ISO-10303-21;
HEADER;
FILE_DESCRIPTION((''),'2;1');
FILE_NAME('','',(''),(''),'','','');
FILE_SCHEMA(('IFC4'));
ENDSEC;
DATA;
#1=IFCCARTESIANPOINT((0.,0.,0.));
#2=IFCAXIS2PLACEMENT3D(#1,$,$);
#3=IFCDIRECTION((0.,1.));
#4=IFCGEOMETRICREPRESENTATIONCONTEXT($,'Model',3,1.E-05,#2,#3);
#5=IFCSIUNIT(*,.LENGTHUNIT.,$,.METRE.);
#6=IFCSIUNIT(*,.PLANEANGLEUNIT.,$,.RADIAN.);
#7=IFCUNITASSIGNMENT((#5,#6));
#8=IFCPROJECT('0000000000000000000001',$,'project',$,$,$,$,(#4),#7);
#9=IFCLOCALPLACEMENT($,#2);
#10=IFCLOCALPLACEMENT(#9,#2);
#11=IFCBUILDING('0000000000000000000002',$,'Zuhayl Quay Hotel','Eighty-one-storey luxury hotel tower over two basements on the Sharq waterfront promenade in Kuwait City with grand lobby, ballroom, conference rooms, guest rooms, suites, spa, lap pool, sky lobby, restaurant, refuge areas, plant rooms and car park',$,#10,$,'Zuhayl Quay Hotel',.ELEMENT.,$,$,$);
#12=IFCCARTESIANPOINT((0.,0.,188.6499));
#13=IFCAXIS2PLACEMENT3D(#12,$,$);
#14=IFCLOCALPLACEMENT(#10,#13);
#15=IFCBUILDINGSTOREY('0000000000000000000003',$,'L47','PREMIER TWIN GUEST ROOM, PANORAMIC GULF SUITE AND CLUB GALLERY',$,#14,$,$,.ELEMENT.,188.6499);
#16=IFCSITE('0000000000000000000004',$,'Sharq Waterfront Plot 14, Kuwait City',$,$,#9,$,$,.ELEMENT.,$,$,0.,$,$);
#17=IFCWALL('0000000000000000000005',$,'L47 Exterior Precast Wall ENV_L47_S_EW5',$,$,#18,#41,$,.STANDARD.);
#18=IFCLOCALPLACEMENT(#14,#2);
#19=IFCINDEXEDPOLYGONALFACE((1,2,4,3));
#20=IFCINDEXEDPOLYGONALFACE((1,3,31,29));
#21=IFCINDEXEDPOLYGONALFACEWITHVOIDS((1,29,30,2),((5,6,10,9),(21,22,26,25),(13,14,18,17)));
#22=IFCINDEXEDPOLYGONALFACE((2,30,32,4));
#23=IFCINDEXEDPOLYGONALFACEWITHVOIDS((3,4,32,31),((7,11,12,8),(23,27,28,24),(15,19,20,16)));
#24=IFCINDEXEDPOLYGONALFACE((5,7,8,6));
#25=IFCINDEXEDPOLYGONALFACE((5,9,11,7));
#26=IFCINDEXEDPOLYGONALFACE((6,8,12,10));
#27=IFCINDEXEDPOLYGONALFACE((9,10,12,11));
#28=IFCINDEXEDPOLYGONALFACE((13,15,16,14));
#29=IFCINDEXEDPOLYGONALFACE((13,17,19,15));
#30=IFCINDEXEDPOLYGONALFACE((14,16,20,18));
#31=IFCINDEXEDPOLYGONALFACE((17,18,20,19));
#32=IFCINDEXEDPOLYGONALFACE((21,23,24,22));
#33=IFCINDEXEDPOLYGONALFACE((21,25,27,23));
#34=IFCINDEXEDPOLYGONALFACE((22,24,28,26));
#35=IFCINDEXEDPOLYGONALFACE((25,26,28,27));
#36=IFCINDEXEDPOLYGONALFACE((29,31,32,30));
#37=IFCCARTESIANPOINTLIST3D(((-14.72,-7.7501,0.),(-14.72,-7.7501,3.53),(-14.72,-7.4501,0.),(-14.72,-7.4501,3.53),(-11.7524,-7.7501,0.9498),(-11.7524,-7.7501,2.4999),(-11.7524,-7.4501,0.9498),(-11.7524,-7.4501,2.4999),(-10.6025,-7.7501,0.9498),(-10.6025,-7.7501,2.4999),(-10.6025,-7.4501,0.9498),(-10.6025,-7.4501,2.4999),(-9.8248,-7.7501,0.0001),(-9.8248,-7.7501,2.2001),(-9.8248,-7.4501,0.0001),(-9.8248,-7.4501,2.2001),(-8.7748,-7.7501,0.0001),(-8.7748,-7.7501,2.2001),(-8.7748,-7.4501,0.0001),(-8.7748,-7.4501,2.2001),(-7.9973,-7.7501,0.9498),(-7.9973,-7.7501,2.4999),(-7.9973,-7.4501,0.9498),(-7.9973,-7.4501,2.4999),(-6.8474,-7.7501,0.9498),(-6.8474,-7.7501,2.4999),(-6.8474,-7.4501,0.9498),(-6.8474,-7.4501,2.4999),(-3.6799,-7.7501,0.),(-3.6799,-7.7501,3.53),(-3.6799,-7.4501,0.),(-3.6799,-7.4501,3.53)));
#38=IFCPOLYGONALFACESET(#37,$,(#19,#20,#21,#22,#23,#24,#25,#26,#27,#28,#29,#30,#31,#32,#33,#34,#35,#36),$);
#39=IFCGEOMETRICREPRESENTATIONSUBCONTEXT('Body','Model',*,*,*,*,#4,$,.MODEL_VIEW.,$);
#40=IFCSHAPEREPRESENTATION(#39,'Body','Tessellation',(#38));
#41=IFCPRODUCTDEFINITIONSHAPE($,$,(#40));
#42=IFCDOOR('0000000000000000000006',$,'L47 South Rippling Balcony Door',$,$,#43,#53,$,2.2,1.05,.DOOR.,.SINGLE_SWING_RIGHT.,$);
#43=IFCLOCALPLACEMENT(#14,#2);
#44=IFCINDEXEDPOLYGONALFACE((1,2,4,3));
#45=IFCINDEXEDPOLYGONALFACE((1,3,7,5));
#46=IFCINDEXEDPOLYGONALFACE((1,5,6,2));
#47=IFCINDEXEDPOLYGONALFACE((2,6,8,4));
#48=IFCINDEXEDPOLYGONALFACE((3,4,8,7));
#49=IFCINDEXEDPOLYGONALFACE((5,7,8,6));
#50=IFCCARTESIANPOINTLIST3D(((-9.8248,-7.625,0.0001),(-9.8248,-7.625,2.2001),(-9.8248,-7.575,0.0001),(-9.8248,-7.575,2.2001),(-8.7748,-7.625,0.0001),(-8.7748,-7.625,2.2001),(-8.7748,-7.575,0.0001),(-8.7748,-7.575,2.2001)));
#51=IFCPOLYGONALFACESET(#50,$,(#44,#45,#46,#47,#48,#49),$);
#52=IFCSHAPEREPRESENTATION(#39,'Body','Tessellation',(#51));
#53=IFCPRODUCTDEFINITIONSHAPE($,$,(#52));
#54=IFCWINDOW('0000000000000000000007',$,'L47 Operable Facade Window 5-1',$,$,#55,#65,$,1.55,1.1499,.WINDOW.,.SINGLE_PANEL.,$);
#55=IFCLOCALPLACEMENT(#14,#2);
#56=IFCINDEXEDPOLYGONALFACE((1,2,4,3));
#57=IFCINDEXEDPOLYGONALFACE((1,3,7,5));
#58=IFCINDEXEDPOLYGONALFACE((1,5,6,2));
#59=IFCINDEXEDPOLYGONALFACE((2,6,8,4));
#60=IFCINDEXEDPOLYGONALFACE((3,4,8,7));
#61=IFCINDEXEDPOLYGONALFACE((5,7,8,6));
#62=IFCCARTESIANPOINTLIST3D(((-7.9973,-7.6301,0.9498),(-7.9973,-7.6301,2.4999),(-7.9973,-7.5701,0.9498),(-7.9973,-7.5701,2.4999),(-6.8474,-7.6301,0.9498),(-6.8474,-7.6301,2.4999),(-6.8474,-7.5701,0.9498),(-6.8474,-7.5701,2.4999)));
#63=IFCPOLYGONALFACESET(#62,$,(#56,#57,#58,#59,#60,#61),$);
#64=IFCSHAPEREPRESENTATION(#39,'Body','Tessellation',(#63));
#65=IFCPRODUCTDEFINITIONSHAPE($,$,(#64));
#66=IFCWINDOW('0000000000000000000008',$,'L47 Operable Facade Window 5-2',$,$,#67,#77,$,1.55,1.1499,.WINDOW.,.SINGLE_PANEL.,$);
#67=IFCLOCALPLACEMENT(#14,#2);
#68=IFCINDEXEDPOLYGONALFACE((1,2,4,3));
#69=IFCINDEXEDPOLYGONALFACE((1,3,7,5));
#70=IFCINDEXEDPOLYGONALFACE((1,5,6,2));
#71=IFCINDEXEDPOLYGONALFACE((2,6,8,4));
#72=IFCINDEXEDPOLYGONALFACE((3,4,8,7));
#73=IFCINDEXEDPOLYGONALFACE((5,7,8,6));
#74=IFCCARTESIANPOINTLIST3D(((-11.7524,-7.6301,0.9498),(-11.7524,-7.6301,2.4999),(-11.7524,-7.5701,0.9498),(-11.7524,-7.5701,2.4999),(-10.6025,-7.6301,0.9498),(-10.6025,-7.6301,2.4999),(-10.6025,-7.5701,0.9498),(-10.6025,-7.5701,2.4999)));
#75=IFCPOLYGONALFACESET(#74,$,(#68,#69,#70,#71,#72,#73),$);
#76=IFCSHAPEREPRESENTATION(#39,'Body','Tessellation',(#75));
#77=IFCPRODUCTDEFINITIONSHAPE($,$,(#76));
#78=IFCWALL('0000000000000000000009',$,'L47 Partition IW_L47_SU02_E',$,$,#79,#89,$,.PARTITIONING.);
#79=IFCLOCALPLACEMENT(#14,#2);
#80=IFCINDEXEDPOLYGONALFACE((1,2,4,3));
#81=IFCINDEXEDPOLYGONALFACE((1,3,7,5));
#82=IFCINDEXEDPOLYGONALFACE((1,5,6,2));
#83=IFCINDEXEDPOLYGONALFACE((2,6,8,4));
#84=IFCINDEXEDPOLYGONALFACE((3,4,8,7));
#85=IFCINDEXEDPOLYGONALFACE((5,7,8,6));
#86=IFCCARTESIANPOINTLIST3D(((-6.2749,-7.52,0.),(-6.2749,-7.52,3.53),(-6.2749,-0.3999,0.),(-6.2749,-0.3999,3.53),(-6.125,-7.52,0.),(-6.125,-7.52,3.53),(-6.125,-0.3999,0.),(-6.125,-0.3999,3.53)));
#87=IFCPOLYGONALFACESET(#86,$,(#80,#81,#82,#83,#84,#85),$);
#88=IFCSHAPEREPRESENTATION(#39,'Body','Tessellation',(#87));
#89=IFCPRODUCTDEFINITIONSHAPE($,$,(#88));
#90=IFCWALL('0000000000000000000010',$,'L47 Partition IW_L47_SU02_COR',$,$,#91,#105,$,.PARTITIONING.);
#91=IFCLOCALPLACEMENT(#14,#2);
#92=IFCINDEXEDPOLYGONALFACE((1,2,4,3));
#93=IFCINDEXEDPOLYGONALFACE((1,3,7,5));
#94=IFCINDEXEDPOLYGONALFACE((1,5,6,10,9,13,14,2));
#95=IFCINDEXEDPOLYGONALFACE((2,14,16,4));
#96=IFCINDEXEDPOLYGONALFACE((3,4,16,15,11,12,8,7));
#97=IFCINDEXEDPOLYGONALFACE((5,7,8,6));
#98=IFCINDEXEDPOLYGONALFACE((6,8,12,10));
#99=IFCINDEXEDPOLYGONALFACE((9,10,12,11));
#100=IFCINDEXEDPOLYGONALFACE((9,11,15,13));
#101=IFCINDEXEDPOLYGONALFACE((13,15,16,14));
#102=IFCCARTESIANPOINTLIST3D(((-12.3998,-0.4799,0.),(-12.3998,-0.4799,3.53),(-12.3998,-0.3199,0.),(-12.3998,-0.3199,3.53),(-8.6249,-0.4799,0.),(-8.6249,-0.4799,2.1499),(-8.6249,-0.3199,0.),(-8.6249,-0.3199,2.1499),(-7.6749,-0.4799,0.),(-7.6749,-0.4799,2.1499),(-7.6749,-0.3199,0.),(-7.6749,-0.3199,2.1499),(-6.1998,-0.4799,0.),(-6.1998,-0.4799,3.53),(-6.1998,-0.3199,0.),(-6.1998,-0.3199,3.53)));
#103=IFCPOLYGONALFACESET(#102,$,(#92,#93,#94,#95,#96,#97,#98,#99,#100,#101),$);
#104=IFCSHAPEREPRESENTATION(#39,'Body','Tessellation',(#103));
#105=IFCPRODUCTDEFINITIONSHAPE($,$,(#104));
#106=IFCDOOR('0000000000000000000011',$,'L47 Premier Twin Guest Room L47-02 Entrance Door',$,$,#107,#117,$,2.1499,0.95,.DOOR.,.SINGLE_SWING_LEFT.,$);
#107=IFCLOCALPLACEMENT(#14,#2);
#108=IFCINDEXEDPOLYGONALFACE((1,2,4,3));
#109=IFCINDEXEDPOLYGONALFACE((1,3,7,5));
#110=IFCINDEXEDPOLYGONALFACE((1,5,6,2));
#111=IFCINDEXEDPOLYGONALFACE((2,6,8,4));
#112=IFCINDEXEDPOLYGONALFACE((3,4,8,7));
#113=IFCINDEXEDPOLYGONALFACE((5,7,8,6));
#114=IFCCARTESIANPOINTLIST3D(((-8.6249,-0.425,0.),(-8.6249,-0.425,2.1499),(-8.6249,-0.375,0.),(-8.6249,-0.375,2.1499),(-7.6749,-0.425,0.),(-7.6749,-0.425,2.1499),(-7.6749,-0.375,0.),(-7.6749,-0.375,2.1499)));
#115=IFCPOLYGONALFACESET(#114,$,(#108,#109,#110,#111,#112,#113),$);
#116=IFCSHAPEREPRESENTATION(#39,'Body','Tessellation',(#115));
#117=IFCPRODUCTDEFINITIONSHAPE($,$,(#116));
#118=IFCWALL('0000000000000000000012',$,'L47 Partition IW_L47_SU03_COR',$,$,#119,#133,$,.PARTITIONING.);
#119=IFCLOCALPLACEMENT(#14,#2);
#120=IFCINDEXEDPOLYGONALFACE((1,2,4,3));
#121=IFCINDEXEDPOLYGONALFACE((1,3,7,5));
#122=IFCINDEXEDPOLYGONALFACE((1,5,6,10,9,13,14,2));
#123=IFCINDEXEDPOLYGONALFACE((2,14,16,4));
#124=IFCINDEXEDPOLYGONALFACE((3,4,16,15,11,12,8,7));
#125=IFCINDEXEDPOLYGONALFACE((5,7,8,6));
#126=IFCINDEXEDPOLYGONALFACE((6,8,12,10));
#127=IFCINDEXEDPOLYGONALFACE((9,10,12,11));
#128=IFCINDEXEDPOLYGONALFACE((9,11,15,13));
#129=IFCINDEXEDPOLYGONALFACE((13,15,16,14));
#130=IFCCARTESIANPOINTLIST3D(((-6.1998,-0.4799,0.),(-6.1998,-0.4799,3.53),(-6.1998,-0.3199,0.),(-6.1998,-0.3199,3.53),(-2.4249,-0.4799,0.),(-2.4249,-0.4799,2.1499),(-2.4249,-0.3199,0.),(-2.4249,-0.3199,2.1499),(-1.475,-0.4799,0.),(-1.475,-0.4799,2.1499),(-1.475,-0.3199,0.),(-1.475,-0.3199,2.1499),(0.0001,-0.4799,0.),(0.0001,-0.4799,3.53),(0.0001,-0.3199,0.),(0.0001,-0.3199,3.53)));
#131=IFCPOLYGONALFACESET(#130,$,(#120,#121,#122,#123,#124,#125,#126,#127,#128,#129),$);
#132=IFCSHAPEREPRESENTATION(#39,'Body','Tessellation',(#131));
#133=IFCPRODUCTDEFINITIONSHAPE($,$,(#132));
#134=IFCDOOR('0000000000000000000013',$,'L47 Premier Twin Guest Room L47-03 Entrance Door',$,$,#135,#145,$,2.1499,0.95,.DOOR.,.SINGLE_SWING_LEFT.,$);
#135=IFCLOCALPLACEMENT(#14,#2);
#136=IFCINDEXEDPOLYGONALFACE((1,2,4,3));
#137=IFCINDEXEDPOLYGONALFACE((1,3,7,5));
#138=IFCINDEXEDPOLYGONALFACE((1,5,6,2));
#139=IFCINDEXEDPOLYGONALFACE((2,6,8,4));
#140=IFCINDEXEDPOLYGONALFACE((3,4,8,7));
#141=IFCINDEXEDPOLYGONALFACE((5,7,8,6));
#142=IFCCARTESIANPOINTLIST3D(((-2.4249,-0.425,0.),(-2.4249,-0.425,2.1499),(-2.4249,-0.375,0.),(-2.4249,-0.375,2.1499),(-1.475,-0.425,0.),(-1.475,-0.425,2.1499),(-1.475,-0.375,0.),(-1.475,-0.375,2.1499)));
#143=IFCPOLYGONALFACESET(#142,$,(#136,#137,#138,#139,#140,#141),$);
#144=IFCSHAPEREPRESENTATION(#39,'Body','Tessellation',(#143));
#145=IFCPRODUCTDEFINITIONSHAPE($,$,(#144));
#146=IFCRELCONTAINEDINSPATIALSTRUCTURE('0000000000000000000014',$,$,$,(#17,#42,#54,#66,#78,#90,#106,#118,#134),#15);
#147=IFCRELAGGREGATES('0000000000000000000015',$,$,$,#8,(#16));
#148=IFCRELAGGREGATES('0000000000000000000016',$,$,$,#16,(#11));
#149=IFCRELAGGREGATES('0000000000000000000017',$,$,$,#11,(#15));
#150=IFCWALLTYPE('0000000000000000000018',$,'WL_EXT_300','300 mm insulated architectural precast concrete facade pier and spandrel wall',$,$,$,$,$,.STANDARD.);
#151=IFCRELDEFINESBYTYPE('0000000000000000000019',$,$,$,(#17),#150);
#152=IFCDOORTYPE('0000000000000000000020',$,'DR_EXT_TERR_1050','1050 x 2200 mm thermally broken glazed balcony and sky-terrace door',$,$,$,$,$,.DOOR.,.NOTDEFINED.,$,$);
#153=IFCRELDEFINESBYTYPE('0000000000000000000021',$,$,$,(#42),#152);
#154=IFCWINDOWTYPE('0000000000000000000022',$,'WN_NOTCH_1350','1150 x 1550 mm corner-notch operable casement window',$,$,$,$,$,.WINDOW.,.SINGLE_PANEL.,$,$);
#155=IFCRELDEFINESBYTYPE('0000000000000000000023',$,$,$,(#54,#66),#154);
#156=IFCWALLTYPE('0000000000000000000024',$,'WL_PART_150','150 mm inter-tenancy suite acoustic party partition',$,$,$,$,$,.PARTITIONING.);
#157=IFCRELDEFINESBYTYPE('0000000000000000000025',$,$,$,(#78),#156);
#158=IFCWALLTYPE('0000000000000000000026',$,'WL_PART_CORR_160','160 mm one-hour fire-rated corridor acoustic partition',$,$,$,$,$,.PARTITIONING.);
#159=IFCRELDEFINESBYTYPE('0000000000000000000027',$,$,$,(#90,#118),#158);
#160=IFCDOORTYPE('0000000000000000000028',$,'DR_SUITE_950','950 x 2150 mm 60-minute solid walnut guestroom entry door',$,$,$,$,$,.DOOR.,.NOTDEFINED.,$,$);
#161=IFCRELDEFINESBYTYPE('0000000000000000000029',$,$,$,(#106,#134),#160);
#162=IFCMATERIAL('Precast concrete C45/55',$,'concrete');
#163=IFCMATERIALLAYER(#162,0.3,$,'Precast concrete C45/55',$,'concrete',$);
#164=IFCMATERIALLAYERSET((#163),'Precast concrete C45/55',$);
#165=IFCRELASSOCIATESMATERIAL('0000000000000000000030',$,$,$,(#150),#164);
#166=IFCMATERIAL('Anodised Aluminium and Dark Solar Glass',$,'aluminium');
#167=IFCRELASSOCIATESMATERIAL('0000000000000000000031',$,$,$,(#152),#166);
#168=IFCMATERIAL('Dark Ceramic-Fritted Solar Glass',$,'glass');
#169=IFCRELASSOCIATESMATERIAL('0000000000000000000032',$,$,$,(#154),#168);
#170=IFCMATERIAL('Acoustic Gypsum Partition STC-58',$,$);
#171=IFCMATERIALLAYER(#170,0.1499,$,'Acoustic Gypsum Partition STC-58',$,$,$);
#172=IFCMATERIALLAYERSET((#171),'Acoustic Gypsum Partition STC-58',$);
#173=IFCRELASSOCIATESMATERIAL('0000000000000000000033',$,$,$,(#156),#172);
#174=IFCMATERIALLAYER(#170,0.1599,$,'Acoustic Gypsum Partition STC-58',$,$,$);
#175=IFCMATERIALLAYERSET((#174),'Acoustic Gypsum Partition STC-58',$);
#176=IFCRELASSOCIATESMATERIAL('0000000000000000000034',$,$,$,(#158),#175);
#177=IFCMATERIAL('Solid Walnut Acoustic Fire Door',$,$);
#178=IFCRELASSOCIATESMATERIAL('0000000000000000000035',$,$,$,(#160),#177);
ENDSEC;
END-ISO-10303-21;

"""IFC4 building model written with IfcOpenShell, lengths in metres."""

from ifc_helpers import new_model, si_unit, direction, frame, frame_2d, origin, place, context, subcontext, project, spatial, rectangle, extrude, material, layer, layer_set, type_object, element, fill, save


model = new_model("IFC4")

# Units and contexts
model_context = context("Model", 3, precision=1e-05, world=origin(), true_north=direction((0.0, 1.0)))
body_context = subcontext(model_context, "Body", "Model", "MODEL_VIEW")
ifc_project = project(units=[si_unit("LENGTHUNIT", "METRE"), si_unit("PLANEANGLEUNIT", "RADIAN")], contexts=[model_context])

# Site, building, storey
site_placement = place(None, origin())
site = spatial("IfcSite", under=ifc_project, at=site_placement, Name="Sharq Waterfront Plot 14, Kuwait City", CompositionType="ELEMENT", RefElevation=0.0)
building_placement = place(site_placement, origin())
building = spatial("IfcBuilding", under=site, at=building_placement, Name="Zuhayl Quay Hotel", Description="Eighty-one-storey luxury hotel tower over two basements on the Sharq waterfront promenade in Kuwait City with grand lobby, ballroom, conference rooms, guest rooms, suites, spa, lap pool, sky lobby, restaurant, refuge areas, plant rooms and car park", LongName="Zuhayl Quay Hotel", CompositionType="ELEMENT")
storey_placement = place(building_placement, frame((0.0, 0.0, 188.6499)))
storey = spatial("IfcBuildingStorey", under=building, at=storey_placement, Name="L47", Description="PREMIER TWIN GUEST ROOM, PANORAMIC GULF SUITE AND CLUB GALLERY", CompositionType="ELEMENT", Elevation=188.6499)

# Shared definitions
ifc_material_1 = material(Name="Dark Ceramic-Fritted Solar Glass", Category="glass")

# Wall, openings, door, windows
ifc_material_2 = material(Name="Precast concrete C45/55", Category="concrete")
ifc_layer_1 = layer(ifc_material_2, 0.3, Name="Precast concrete C45/55", Category="concrete")
ifc_layer_set_1 = layer_set([ifc_layer_1], Name="Precast concrete C45/55")
wall_type_1 = type_object("IfcWallType", Name="WL_EXT_300", Description="300 mm insulated architectural precast concrete facade pier and spandrel wall", PredefinedType="STANDARD", material=ifc_layer_set_1)
wall_1_placement = place(storey_placement, frame((-3.6799, -7.6001, 0.0), z_axis=(0.0, 0.0, 1.0), x_axis=(-1.0, 0.0, 0.0)))
wall_1 = element("IfcWall", 1, at=wall_1_placement, inside=storey, type_object=wall_type_1, Name="L47 Exterior Precast Wall ENV_L47_S_EW5", PredefinedType="STANDARD", context=body_context, shape_type="SweptSolid", body=[
    extrude(rectangle(XDim=11.04, YDim=0.3, at=frame_2d((5.52, 0.0))), origin(), (0.0, 0.0, 1.0), 3.53),
])
opening_1_placement = place(wall_1_placement, frame((5.095, 0.0, 0.0)))
opening_1 = element("IfcOpeningElement", 2, at=opening_1_placement, cuts=wall_1, PredefinedType="OPENING", context=body_context, shape_type="SweptSolid", body=[
    extrude(rectangle(XDim=1.05, YDim=2.2, at=frame_2d((0.5249, 1.1001))), frame((0.0, 0.1599, 0.0), z_axis=(0.0, -1.0, 0.0), x_axis=(1.0, 0.0, 0.0)), (0.0, 0.0, 1.0), 0.3201),
])
opening_2_placement = place(wall_1_placement, frame((3.1675, 0.0, 0.95)))
opening_2 = element("IfcOpeningElement", 3, at=opening_2_placement, cuts=wall_1, PredefinedType="OPENING", context=body_context, shape_type="SweptSolid", body=[
    extrude(rectangle(XDim=1.1499, YDim=1.55, at=frame_2d((0.575, 0.7749))), frame((0.0, 0.1599, 0.0), z_axis=(0.0, -1.0, 0.0), x_axis=(1.0, 0.0, 0.0)), (0.0, 0.0, 1.0), 0.3201),
])
opening_3_placement = place(wall_1_placement, frame((6.9226, 0.0, 0.95)))
opening_3 = element("IfcOpeningElement", 4, at=opening_3_placement, cuts=wall_1, PredefinedType="OPENING", context=body_context, shape_type="SweptSolid", body=[
    extrude(rectangle(XDim=1.1499, YDim=1.55, at=frame_2d((0.575, 0.7749))), frame((0.0, 0.1599, 0.0), z_axis=(0.0, -1.0, 0.0), x_axis=(1.0, 0.0, 0.0)), (0.0, 0.0, 1.0), 0.3201),
])
ifc_material_3 = material(Name="Anodised Aluminium and Dark Solar Glass", Category="aluminium")
door_type_1 = type_object("IfcDoorType", Name="DR_EXT_TERR_1050", Description="1050 x 2200 mm thermally broken glazed balcony and sky-terrace door", OperationType="NOTDEFINED", PredefinedType="DOOR", material=ifc_material_3)
door_1_placement = place(opening_1_placement, origin())
door_1 = element("IfcDoor", 5, at=door_1_placement, inside=storey, type_object=door_type_1, Name="L47 South Rippling Balcony Door", OperationType="SINGLE_SWING_RIGHT", OverallHeight=2.2, OverallWidth=1.05, PredefinedType="DOOR", context=body_context, shape_type="SweptSolid", body=[
    extrude(rectangle(XDim=1.05, YDim=2.2, at=frame_2d((0.5249, 1.1001))), frame((0.0, 0.0249, 0.0), z_axis=(0.0, -1.0, 0.0), x_axis=(1.0, 0.0, 0.0)), (0.0, 0.0, 1.0), 0.05),
])
fill(opening_1, door_1)
window_type = type_object("IfcWindowType", Name="WN_NOTCH_1350", Description="1150 x 1550 mm corner-notch operable casement window", PartitioningType="SINGLE_PANEL", PredefinedType="WINDOW", material=ifc_material_1)
window_1_placement = place(opening_2_placement, origin())
window_1 = element("IfcWindow", 6, at=window_1_placement, inside=storey, type_object=window_type, Name="L47 Operable Facade Window 5-1", OverallHeight=1.55, OverallWidth=1.1499, PartitioningType="SINGLE_PANEL", PredefinedType="WINDOW", context=body_context, shape_type="SweptSolid", body=[
    extrude(rectangle(XDim=1.1499, YDim=1.55, at=frame_2d((0.575, 0.7749))), frame((0.0, 0.03, 0.0), z_axis=(0.0, -1.0, 0.0), x_axis=(1.0, 0.0, 0.0)), (0.0, 0.0, 1.0), 0.0601),
])
fill(opening_2, window_1)
window_2_placement = place(opening_3_placement, origin())
window_2 = element("IfcWindow", 7, at=window_2_placement, inside=storey, type_object=window_type, Name="L47 Operable Facade Window 5-2", OverallHeight=1.55, OverallWidth=1.1499, PartitioningType="SINGLE_PANEL", PredefinedType="WINDOW", context=body_context, shape_type="SweptSolid", body=[
    extrude(rectangle(XDim=1.1499, YDim=1.55, at=frame_2d((0.575, 0.7749))), frame((0.0, 0.03, 0.0), z_axis=(0.0, -1.0, 0.0), x_axis=(1.0, 0.0, 0.0)), (0.0, 0.0, 1.0), 0.0601),
])
fill(opening_3, window_2)

# Wall
ifc_material_4 = material(Name="Acoustic Gypsum Partition STC-58")
ifc_layer_2 = layer(ifc_material_4, 0.1499, Name="Acoustic Gypsum Partition STC-58")
ifc_layer_set_2 = layer_set([ifc_layer_2], Name="Acoustic Gypsum Partition STC-58")
wall_type_2 = type_object("IfcWallType", Name="WL_PART_150", Description="150 mm inter-tenancy suite acoustic party partition", PredefinedType="PARTITIONING", material=ifc_layer_set_2)
wall_2_placement = place(storey_placement, frame((-6.2, -7.52, 0.0), z_axis=(0.0, 0.0, 1.0), x_axis=(0.0, 1.0, 0.0)))
element("IfcWall", 8, at=wall_2_placement, inside=storey, type_object=wall_type_2, Name="L47 Partition IW_L47_SU02_E", PredefinedType="PARTITIONING", context=body_context, shape_type="SweptSolid", body=[
    extrude(rectangle(XDim=7.1201, YDim=0.1499, at=frame_2d((3.5601, 0.0))), origin(), (0.0, 0.0, 1.0), 3.53),
])

# Walls, openings, doors
ifc_layer_3 = layer(ifc_material_4, 0.1599, Name="Acoustic Gypsum Partition STC-58")
ifc_layer_set_3 = layer_set([ifc_layer_3], Name="Acoustic Gypsum Partition STC-58")
wall_type_3 = type_object("IfcWallType", Name="WL_PART_CORR_160", Description="160 mm one-hour fire-rated corridor acoustic partition", PredefinedType="PARTITIONING", material=ifc_layer_set_3)
wall_3_placement = place(storey_placement, frame((-12.3999, -0.3999, 0.0), z_axis=(0.0, 0.0, 1.0), x_axis=(1.0, 0.0, 0.0)))
wall_3 = element("IfcWall", 9, at=wall_3_placement, inside=storey, type_object=wall_type_3, Name="L47 Partition IW_L47_SU02_COR", PredefinedType="PARTITIONING", context=body_context, shape_type="SweptSolid", body=[
    extrude(rectangle(XDim=6.2, YDim=0.1599, at=frame_2d((3.1001, 0.0))), origin(), (0.0, 0.0, 1.0), 3.53),
])
opening_4_placement = place(wall_3_placement, frame((3.7749, 0.0, 0.0)))
opening_4 = element("IfcOpeningElement", 10, at=opening_4_placement, cuts=wall_3, PredefinedType="OPENING", context=body_context, shape_type="SweptSolid", body=[
    extrude(rectangle(XDim=0.95, YDim=2.1499, at=frame_2d((0.4751, 1.075))), frame((0.0, 0.0898, 0.0), z_axis=(0.0, -1.0, 0.0), x_axis=(1.0, 0.0, 0.0)), (0.0, 0.0, 1.0), 0.1799),
])
ifc_material_5 = material(Name="Solid Walnut Acoustic Fire Door")
door_type_2 = type_object("IfcDoorType", Name="DR_SUITE_950", Description="950 x 2150 mm 60-minute solid walnut guestroom entry door", OperationType="NOTDEFINED", PredefinedType="DOOR", material=ifc_material_5)
door_2_placement = place(opening_4_placement, origin())
door_2 = element("IfcDoor", 11, at=door_2_placement, inside=storey, type_object=door_type_2, Name="L47 Premier Twin Guest Room L47-02 Entrance Door", OperationType="SINGLE_SWING_LEFT", OverallHeight=2.1499, OverallWidth=0.95, PredefinedType="DOOR", context=body_context, shape_type="SweptSolid", body=[
    extrude(rectangle(XDim=0.95, YDim=2.1499, at=frame_2d((0.4751, 1.075))), frame((0.0, 0.0249, 0.0), z_axis=(0.0, -1.0, 0.0), x_axis=(1.0, 0.0, 0.0)), (0.0, 0.0, 1.0), 0.05),
])
fill(opening_4, door_2)
wall_4_placement = place(storey_placement, frame((-6.2, -0.3999, 0.0), z_axis=(0.0, 0.0, 1.0), x_axis=(1.0, 0.0, 0.0)))
wall_4 = element("IfcWall", 12, at=wall_4_placement, inside=storey, type_object=wall_type_3, Name="L47 Partition IW_L47_SU03_COR", PredefinedType="PARTITIONING", context=body_context, shape_type="SweptSolid", body=[
    extrude(rectangle(XDim=6.2, YDim=0.1599, at=frame_2d((3.1001, 0.0))), origin(), (0.0, 0.0, 1.0), 3.53),
])
opening_5_placement = place(wall_4_placement, frame((3.7749, 0.0, 0.0)))
opening_5 = element("IfcOpeningElement", 13, at=opening_5_placement, cuts=wall_4, PredefinedType="OPENING", context=body_context, shape_type="SweptSolid", body=[
    extrude(rectangle(XDim=0.95, YDim=2.1499, at=frame_2d((0.4751, 1.075))), frame((0.0, 0.0898, 0.0), z_axis=(0.0, -1.0, 0.0), x_axis=(1.0, 0.0, 0.0)), (0.0, 0.0, 1.0), 0.1799),
])
door_3_placement = place(opening_5_placement, origin())
door_3 = element("IfcDoor", 14, at=door_3_placement, inside=storey, type_object=door_type_2, Name="L47 Premier Twin Guest Room L47-03 Entrance Door", OperationType="SINGLE_SWING_LEFT", OverallHeight=2.1499, OverallWidth=0.95, PredefinedType="DOOR", context=body_context, shape_type="SweptSolid", body=[
    extrude(rectangle(XDim=0.95, YDim=2.1499, at=frame_2d((0.4751, 1.075))), frame((0.0, 0.0249, 0.0), z_axis=(0.0, -1.0, 0.0), x_axis=(1.0, 0.0, 0.0)), (0.0, 0.0, 1.0), 0.05),
])
fill(opening_5, door_3)

save(model, "model.ifc")
